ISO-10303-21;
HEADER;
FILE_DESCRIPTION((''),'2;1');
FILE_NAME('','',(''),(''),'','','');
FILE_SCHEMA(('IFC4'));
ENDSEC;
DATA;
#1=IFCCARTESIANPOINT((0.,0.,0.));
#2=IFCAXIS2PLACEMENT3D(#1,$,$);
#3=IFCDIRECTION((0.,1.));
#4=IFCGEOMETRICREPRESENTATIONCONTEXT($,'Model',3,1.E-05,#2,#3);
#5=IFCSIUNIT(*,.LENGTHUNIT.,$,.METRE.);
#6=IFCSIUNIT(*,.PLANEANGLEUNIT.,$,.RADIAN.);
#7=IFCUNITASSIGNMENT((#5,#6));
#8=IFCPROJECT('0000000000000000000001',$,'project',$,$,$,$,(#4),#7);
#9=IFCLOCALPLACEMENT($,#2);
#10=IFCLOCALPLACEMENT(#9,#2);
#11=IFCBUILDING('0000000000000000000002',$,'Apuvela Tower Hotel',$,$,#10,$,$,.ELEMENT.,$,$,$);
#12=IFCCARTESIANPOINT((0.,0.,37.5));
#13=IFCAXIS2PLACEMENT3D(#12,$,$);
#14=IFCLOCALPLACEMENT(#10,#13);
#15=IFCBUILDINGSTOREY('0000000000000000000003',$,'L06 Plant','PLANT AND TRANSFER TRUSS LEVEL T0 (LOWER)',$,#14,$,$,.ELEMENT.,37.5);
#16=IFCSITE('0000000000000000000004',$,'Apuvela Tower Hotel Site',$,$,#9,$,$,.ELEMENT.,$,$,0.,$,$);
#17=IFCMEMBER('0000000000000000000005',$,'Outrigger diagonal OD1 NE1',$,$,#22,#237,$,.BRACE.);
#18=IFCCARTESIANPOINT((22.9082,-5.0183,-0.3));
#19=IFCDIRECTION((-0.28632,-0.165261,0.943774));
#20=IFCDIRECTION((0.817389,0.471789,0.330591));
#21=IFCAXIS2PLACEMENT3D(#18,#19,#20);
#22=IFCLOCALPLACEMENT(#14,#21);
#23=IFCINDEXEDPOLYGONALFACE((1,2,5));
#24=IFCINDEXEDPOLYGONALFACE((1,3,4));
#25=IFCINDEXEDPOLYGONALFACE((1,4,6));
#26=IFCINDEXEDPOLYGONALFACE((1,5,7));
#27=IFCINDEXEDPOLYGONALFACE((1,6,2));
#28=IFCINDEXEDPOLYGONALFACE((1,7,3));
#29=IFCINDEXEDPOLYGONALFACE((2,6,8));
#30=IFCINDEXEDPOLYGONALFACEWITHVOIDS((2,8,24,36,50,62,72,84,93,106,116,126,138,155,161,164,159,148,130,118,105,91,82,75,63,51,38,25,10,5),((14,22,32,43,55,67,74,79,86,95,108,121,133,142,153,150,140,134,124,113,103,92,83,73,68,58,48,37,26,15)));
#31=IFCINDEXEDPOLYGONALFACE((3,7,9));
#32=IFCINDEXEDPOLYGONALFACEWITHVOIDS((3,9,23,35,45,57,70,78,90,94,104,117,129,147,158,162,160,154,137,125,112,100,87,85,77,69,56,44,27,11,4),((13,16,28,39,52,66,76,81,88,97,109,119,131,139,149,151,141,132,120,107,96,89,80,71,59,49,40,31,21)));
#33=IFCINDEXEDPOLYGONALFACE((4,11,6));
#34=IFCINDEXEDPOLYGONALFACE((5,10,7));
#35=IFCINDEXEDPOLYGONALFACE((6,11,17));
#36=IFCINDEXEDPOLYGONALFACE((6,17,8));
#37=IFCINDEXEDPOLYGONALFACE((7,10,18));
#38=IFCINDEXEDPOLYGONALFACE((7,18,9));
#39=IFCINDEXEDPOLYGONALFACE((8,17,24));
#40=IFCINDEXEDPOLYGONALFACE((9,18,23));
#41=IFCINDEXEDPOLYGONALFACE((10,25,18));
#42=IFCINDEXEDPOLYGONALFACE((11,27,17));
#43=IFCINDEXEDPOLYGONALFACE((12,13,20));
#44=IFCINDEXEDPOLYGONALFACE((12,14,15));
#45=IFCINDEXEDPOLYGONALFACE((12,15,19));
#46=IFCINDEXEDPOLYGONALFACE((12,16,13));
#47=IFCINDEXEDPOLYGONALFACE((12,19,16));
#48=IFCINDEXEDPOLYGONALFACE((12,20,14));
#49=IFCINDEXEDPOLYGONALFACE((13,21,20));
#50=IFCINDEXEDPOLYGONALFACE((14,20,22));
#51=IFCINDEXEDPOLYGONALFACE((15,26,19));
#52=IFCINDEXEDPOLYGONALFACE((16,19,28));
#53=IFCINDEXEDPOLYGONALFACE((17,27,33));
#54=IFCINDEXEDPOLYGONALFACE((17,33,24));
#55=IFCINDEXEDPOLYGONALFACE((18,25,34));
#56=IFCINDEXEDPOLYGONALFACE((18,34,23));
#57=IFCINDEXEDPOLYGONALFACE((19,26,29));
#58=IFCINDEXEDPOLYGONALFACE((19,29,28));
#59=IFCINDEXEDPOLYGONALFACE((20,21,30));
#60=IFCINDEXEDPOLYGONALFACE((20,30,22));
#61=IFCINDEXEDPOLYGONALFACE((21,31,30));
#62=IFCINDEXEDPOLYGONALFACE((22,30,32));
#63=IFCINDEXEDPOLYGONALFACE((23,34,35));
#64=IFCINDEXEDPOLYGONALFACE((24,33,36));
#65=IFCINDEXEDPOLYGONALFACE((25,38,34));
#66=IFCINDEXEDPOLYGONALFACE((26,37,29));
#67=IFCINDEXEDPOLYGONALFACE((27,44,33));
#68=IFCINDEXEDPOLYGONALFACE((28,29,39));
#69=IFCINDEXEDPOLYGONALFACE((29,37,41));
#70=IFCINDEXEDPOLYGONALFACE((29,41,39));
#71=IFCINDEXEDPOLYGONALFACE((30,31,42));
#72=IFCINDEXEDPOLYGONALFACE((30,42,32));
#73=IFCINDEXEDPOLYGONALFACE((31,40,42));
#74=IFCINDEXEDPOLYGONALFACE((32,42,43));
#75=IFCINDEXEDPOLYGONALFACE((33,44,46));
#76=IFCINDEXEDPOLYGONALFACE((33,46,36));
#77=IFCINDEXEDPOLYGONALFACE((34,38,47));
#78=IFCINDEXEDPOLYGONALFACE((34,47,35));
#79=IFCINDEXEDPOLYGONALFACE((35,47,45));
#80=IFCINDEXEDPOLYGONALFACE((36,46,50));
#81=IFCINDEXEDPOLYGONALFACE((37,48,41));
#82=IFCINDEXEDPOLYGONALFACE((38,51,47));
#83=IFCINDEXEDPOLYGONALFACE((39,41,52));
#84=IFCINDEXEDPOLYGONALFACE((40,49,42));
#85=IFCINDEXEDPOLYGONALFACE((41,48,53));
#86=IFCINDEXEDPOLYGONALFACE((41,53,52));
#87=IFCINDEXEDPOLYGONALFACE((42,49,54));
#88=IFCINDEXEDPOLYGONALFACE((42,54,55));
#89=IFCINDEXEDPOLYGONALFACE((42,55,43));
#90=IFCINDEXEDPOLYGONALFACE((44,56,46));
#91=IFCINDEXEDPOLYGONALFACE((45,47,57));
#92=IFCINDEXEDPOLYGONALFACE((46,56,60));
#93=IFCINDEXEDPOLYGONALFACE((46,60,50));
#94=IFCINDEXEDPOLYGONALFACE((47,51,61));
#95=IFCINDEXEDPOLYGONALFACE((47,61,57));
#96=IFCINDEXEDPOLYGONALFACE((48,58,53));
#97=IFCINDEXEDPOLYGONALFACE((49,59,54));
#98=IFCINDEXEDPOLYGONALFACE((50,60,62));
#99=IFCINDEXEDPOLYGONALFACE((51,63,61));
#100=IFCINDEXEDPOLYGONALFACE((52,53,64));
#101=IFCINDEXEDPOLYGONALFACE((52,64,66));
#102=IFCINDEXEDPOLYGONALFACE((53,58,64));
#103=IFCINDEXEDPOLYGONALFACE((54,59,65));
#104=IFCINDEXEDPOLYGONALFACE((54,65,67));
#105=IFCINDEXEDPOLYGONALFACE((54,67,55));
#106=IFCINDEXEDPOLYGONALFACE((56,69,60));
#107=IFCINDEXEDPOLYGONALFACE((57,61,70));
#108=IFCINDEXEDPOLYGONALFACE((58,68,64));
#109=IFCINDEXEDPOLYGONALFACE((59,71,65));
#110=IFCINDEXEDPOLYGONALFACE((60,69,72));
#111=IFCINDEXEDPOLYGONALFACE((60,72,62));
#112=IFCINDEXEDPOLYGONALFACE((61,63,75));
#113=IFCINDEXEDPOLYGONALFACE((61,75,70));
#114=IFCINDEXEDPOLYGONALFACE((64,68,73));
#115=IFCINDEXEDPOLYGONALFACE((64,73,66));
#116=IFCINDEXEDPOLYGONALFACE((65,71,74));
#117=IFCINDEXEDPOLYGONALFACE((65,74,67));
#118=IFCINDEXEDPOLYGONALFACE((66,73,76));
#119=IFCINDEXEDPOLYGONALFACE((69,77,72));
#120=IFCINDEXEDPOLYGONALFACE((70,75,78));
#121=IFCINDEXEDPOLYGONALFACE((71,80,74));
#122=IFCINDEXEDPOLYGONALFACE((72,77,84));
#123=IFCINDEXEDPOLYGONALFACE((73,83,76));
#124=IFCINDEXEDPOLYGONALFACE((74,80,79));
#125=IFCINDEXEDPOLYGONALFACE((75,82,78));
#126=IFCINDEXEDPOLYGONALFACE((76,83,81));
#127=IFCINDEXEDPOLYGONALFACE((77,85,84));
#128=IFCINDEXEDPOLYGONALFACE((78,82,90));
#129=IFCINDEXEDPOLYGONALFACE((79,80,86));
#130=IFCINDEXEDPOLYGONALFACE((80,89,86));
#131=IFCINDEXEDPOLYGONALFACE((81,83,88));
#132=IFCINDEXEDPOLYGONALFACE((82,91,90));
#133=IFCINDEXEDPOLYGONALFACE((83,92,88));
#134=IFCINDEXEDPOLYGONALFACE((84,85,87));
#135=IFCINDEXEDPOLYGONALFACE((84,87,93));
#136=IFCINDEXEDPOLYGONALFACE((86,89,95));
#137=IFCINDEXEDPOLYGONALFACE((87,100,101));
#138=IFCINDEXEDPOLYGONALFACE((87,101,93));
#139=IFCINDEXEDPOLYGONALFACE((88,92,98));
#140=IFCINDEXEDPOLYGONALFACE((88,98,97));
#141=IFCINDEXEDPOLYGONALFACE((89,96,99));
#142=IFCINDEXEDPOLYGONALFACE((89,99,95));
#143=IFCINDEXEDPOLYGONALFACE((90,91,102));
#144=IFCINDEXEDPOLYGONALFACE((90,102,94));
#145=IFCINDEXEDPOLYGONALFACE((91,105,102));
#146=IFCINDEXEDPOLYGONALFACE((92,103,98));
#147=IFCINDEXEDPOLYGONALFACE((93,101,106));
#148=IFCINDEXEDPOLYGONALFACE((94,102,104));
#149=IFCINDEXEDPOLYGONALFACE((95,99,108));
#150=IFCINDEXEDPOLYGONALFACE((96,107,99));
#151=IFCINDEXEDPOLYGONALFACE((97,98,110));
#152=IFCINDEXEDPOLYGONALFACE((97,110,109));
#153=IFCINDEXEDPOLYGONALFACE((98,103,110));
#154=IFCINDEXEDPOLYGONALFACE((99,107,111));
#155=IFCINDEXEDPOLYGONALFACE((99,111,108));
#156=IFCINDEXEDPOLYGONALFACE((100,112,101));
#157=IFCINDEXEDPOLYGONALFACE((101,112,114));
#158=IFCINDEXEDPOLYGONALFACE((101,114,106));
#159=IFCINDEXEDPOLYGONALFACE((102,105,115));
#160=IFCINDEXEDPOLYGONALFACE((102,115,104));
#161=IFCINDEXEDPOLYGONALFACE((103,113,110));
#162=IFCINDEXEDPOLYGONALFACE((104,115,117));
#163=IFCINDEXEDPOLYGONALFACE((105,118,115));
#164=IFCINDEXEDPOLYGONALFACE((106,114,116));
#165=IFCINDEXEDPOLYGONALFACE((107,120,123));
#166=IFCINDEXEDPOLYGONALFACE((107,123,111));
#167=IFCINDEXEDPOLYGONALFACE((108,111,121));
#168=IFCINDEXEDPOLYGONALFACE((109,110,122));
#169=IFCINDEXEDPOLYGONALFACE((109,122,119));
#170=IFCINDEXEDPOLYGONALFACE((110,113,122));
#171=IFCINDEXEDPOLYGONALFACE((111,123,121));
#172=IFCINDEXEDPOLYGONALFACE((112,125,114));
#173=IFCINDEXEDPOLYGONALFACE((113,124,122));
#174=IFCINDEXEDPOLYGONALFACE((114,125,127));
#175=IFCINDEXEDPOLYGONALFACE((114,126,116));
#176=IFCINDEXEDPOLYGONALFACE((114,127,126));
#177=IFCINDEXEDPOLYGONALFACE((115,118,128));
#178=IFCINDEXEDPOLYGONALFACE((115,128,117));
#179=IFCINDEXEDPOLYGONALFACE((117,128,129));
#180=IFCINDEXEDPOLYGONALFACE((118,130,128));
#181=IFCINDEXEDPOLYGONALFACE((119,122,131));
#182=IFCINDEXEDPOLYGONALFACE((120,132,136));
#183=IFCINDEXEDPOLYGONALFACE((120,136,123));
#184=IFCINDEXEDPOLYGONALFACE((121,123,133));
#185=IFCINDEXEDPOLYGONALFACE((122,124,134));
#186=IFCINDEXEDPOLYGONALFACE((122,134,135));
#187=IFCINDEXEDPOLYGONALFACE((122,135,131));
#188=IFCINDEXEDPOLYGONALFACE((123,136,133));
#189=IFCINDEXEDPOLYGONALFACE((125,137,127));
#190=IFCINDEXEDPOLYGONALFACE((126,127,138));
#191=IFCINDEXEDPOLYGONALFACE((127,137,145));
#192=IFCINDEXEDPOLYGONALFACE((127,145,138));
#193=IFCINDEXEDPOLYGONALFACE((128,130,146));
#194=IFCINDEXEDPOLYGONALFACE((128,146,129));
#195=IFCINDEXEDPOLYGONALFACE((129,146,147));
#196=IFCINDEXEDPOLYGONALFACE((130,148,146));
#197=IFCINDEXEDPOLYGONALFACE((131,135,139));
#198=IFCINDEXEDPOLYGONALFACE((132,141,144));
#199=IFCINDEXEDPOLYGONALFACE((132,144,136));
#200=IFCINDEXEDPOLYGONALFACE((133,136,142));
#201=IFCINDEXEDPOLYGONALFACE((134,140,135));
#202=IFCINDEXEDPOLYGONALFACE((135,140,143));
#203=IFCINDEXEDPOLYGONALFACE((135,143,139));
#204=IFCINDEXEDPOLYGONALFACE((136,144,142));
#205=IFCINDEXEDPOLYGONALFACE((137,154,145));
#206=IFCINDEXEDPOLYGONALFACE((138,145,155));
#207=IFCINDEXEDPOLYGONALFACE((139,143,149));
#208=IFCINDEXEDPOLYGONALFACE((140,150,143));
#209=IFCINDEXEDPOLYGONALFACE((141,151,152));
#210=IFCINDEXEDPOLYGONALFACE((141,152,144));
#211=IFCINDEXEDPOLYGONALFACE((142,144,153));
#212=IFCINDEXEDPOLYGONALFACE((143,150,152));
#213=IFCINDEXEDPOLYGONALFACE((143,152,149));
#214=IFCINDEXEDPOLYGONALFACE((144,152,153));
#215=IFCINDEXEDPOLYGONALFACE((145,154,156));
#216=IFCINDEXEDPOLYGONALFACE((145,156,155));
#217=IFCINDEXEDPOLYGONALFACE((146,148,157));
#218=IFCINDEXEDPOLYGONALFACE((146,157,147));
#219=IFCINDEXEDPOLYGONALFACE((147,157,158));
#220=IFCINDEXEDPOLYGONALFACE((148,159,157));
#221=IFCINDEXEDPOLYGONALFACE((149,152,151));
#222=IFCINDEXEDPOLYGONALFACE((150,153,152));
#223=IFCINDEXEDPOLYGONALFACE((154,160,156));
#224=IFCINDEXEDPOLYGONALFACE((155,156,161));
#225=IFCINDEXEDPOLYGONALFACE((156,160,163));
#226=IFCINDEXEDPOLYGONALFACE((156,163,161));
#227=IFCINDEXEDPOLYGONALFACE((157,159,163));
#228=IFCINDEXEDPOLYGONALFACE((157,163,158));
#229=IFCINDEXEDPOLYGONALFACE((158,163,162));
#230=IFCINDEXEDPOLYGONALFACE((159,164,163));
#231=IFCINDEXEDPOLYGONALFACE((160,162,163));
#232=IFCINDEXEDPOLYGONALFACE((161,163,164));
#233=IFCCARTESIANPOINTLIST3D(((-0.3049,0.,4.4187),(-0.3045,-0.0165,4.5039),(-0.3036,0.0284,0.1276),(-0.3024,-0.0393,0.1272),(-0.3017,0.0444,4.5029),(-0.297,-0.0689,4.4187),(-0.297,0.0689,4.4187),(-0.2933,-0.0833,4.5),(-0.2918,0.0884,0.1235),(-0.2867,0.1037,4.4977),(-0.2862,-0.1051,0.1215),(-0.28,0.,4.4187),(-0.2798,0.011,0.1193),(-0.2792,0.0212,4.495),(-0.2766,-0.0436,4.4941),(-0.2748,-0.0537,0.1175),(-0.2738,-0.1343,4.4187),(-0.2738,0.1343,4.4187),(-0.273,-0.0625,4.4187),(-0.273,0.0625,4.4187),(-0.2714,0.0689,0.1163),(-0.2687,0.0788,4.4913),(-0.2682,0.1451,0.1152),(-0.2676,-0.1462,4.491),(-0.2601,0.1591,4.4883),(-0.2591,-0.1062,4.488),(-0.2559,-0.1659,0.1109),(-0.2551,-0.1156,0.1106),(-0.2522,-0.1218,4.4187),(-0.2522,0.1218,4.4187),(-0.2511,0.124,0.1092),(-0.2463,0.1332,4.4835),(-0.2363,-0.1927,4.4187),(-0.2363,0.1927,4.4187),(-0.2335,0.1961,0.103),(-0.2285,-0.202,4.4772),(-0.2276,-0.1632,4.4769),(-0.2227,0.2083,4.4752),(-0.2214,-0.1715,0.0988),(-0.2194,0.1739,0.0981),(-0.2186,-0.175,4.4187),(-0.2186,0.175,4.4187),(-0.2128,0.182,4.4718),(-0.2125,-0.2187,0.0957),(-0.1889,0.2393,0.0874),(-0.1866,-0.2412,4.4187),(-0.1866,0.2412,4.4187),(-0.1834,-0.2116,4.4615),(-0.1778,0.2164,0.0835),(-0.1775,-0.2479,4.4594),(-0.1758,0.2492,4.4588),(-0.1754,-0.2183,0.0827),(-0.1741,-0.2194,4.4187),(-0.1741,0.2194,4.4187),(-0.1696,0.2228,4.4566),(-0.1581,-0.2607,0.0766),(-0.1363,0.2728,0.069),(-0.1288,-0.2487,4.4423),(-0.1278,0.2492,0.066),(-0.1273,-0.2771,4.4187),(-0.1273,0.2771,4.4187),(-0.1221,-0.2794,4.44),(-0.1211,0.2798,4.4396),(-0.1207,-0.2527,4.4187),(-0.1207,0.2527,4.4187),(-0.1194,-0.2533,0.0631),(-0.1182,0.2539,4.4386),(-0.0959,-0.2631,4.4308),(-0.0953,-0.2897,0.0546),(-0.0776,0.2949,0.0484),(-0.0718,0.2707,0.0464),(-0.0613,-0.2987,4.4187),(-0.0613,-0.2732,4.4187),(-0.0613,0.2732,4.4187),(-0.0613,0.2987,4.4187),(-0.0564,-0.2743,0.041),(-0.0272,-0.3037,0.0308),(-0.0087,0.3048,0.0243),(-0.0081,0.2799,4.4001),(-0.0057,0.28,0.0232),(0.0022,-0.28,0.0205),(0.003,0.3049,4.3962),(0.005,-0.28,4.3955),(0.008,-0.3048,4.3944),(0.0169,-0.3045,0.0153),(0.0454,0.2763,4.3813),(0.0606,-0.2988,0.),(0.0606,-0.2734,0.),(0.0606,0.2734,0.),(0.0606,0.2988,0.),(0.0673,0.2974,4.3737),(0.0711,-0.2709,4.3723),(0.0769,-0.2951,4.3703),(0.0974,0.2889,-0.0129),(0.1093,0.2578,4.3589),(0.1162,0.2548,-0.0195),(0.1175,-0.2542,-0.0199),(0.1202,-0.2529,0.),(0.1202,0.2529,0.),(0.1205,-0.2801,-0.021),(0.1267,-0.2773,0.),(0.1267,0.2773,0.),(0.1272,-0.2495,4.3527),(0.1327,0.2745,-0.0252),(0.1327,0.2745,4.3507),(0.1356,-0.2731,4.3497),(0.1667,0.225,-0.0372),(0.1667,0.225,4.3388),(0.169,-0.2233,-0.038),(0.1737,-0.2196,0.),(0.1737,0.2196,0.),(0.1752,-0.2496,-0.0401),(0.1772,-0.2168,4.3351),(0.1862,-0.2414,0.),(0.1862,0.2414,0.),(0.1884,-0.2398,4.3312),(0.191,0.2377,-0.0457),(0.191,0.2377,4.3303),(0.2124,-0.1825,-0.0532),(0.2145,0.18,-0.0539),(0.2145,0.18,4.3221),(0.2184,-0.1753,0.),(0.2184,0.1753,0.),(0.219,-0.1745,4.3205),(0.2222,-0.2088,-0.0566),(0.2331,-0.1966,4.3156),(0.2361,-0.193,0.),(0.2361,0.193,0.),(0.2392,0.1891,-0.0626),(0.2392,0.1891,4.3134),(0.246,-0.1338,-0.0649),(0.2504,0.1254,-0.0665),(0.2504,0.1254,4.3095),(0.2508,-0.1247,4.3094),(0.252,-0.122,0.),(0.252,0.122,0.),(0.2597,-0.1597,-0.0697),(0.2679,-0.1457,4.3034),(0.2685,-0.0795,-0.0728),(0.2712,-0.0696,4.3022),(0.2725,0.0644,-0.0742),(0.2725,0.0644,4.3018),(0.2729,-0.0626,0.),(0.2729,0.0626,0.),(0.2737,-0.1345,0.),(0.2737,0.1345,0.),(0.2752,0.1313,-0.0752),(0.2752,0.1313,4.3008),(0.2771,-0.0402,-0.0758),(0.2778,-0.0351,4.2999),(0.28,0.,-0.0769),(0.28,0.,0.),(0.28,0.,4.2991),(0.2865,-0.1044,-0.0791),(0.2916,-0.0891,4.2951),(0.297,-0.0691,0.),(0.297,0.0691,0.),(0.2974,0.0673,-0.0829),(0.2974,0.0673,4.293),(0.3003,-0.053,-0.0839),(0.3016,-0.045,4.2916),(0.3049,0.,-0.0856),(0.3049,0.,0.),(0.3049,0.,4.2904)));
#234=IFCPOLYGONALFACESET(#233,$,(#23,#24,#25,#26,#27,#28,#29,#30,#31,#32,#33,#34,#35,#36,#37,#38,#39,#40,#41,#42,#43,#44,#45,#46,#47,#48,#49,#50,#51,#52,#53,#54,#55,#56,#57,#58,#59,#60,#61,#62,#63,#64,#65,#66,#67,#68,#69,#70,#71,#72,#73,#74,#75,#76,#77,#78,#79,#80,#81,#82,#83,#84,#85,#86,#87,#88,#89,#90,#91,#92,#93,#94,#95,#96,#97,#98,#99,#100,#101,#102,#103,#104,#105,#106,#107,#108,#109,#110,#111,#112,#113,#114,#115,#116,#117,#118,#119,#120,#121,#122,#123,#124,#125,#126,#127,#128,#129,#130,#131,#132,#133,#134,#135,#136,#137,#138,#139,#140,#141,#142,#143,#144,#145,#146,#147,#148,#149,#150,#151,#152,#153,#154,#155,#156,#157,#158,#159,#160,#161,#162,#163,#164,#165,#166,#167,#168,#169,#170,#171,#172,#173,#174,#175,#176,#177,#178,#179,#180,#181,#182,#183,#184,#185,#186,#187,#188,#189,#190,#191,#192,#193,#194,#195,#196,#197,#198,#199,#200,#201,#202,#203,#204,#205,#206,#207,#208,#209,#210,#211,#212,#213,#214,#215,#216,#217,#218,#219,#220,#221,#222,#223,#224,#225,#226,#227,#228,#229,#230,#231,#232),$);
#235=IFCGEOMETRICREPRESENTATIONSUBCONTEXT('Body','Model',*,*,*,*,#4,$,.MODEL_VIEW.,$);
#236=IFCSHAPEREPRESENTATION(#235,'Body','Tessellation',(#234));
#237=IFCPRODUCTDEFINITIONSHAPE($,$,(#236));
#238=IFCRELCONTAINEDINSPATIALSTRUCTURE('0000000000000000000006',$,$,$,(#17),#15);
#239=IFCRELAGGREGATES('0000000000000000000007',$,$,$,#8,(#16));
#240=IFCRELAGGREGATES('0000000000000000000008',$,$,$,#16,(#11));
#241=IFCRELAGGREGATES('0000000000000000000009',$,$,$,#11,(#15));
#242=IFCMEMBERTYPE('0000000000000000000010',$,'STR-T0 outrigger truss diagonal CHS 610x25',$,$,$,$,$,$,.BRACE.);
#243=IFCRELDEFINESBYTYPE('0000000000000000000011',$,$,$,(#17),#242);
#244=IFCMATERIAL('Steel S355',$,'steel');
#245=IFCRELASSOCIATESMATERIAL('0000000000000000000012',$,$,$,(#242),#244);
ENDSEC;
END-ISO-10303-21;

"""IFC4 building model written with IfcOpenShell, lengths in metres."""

from ifc_helpers import new_model, si_unit, direction, frame, origin, origin_2d, place, context, subcontext, project, spatial, hollow_circle, extrude, boolean, halfspace, material, material_profile, profile_set, type_object, element, save


model = new_model("IFC4")

# Units and contexts
model_context = context("Model", 3, precision=1e-05, world=origin(), true_north=direction((0.0, 1.0)))
body_context = subcontext(model_context, "Body", "Model", "MODEL_VIEW")
ifc_project = project(units=[si_unit("LENGTHUNIT", "METRE"), si_unit("PLANEANGLEUNIT", "RADIAN")], contexts=[model_context])

# Site, building, storey
site_placement = place(None, origin())
site = spatial("IfcSite", under=ifc_project, at=site_placement, Name="Apuvela Tower Hotel Site", CompositionType="ELEMENT", RefElevation=0.0)
building_placement = place(site_placement, origin())
building = spatial("IfcBuilding", under=site, at=building_placement, Name="Apuvela Tower Hotel", CompositionType="ELEMENT")
storey_placement = place(building_placement, frame((0.0, 0.0, 37.5)))
storey = spatial("IfcBuildingStorey", under=building, at=storey_placement, Name="L06 Plant", Description="PLANT AND TRANSFER TRUSS LEVEL T0 (LOWER)", CompositionType="ELEMENT", Elevation=37.5)

# Member
ifc_material_1 = material(Name="Steel S355", Category="steel")
ifc_material_profile_1 = material_profile(ifc_material_1, hollow_circle(Radius=0.3049, WallThickness=0.0249, at=origin_2d()), Name="CHS 610x25")
ifc_profile_set_1 = profile_set([ifc_material_profile_1], Name="Steel S355")
member_type_1 = type_object("IfcMemberType", Name="STR-T0 outrigger truss diagonal CHS 610x25", PredefinedType="BRACE", material=ifc_profile_set_1)
member_1_placement = place(storey_placement, frame((22.9082, -5.0183, -0.3), z_axis=(-0.28632, -0.165261, 0.943774), x_axis=(0.817389, 0.471789, 0.330591)))
solid = boolean("DIFFERENCE", boolean("DIFFERENCE", extrude(hollow_circle(Radius=0.3049, WallThickness=0.0249, at=origin_2d()), frame((0.0, 0.0, -0.2268)), (0.0, 0.0, 1.0), 4.8723), halfspace(frame((0.0, 0.0, 0.0212), z_axis=(0.330591, 0.0, 0.943774), x_axis=(0.943774, 0.0, -0.330591)), True)), halfspace(frame((0.0, 0.0, 4.3972), z_axis=(0.330591, 0.0, 0.943774), x_axis=(0.943774, 0.0, -0.330591)), False))
element("IfcMember", 1, at=member_1_placement, inside=storey, type_object=member_type_1, Name="Outrigger diagonal OD1 NE1", PredefinedType="BRACE", context=body_context, shape_type="SweptSolid", body=[
    boolean("UNION", boolean("DIFFERENCE", boolean("DIFFERENCE", extrude(hollow_circle(Radius=0.3049, WallThickness=0.0249, at=origin_2d()), origin(), (0.0, 0.0, 1.0), 4.4187), halfspace(frame((0.0, 0.0, 0.0212), z_axis=(0.330591, 0.0, 0.943774), x_axis=(0.943774, 0.0, -0.330591)), True)), halfspace(frame((0.0, 0.0, 4.3972), z_axis=(0.330591, 0.0, 0.943774), x_axis=(0.943774, 0.0, -0.330591)), False)), solid),
])

save(model, "model.ifc")
